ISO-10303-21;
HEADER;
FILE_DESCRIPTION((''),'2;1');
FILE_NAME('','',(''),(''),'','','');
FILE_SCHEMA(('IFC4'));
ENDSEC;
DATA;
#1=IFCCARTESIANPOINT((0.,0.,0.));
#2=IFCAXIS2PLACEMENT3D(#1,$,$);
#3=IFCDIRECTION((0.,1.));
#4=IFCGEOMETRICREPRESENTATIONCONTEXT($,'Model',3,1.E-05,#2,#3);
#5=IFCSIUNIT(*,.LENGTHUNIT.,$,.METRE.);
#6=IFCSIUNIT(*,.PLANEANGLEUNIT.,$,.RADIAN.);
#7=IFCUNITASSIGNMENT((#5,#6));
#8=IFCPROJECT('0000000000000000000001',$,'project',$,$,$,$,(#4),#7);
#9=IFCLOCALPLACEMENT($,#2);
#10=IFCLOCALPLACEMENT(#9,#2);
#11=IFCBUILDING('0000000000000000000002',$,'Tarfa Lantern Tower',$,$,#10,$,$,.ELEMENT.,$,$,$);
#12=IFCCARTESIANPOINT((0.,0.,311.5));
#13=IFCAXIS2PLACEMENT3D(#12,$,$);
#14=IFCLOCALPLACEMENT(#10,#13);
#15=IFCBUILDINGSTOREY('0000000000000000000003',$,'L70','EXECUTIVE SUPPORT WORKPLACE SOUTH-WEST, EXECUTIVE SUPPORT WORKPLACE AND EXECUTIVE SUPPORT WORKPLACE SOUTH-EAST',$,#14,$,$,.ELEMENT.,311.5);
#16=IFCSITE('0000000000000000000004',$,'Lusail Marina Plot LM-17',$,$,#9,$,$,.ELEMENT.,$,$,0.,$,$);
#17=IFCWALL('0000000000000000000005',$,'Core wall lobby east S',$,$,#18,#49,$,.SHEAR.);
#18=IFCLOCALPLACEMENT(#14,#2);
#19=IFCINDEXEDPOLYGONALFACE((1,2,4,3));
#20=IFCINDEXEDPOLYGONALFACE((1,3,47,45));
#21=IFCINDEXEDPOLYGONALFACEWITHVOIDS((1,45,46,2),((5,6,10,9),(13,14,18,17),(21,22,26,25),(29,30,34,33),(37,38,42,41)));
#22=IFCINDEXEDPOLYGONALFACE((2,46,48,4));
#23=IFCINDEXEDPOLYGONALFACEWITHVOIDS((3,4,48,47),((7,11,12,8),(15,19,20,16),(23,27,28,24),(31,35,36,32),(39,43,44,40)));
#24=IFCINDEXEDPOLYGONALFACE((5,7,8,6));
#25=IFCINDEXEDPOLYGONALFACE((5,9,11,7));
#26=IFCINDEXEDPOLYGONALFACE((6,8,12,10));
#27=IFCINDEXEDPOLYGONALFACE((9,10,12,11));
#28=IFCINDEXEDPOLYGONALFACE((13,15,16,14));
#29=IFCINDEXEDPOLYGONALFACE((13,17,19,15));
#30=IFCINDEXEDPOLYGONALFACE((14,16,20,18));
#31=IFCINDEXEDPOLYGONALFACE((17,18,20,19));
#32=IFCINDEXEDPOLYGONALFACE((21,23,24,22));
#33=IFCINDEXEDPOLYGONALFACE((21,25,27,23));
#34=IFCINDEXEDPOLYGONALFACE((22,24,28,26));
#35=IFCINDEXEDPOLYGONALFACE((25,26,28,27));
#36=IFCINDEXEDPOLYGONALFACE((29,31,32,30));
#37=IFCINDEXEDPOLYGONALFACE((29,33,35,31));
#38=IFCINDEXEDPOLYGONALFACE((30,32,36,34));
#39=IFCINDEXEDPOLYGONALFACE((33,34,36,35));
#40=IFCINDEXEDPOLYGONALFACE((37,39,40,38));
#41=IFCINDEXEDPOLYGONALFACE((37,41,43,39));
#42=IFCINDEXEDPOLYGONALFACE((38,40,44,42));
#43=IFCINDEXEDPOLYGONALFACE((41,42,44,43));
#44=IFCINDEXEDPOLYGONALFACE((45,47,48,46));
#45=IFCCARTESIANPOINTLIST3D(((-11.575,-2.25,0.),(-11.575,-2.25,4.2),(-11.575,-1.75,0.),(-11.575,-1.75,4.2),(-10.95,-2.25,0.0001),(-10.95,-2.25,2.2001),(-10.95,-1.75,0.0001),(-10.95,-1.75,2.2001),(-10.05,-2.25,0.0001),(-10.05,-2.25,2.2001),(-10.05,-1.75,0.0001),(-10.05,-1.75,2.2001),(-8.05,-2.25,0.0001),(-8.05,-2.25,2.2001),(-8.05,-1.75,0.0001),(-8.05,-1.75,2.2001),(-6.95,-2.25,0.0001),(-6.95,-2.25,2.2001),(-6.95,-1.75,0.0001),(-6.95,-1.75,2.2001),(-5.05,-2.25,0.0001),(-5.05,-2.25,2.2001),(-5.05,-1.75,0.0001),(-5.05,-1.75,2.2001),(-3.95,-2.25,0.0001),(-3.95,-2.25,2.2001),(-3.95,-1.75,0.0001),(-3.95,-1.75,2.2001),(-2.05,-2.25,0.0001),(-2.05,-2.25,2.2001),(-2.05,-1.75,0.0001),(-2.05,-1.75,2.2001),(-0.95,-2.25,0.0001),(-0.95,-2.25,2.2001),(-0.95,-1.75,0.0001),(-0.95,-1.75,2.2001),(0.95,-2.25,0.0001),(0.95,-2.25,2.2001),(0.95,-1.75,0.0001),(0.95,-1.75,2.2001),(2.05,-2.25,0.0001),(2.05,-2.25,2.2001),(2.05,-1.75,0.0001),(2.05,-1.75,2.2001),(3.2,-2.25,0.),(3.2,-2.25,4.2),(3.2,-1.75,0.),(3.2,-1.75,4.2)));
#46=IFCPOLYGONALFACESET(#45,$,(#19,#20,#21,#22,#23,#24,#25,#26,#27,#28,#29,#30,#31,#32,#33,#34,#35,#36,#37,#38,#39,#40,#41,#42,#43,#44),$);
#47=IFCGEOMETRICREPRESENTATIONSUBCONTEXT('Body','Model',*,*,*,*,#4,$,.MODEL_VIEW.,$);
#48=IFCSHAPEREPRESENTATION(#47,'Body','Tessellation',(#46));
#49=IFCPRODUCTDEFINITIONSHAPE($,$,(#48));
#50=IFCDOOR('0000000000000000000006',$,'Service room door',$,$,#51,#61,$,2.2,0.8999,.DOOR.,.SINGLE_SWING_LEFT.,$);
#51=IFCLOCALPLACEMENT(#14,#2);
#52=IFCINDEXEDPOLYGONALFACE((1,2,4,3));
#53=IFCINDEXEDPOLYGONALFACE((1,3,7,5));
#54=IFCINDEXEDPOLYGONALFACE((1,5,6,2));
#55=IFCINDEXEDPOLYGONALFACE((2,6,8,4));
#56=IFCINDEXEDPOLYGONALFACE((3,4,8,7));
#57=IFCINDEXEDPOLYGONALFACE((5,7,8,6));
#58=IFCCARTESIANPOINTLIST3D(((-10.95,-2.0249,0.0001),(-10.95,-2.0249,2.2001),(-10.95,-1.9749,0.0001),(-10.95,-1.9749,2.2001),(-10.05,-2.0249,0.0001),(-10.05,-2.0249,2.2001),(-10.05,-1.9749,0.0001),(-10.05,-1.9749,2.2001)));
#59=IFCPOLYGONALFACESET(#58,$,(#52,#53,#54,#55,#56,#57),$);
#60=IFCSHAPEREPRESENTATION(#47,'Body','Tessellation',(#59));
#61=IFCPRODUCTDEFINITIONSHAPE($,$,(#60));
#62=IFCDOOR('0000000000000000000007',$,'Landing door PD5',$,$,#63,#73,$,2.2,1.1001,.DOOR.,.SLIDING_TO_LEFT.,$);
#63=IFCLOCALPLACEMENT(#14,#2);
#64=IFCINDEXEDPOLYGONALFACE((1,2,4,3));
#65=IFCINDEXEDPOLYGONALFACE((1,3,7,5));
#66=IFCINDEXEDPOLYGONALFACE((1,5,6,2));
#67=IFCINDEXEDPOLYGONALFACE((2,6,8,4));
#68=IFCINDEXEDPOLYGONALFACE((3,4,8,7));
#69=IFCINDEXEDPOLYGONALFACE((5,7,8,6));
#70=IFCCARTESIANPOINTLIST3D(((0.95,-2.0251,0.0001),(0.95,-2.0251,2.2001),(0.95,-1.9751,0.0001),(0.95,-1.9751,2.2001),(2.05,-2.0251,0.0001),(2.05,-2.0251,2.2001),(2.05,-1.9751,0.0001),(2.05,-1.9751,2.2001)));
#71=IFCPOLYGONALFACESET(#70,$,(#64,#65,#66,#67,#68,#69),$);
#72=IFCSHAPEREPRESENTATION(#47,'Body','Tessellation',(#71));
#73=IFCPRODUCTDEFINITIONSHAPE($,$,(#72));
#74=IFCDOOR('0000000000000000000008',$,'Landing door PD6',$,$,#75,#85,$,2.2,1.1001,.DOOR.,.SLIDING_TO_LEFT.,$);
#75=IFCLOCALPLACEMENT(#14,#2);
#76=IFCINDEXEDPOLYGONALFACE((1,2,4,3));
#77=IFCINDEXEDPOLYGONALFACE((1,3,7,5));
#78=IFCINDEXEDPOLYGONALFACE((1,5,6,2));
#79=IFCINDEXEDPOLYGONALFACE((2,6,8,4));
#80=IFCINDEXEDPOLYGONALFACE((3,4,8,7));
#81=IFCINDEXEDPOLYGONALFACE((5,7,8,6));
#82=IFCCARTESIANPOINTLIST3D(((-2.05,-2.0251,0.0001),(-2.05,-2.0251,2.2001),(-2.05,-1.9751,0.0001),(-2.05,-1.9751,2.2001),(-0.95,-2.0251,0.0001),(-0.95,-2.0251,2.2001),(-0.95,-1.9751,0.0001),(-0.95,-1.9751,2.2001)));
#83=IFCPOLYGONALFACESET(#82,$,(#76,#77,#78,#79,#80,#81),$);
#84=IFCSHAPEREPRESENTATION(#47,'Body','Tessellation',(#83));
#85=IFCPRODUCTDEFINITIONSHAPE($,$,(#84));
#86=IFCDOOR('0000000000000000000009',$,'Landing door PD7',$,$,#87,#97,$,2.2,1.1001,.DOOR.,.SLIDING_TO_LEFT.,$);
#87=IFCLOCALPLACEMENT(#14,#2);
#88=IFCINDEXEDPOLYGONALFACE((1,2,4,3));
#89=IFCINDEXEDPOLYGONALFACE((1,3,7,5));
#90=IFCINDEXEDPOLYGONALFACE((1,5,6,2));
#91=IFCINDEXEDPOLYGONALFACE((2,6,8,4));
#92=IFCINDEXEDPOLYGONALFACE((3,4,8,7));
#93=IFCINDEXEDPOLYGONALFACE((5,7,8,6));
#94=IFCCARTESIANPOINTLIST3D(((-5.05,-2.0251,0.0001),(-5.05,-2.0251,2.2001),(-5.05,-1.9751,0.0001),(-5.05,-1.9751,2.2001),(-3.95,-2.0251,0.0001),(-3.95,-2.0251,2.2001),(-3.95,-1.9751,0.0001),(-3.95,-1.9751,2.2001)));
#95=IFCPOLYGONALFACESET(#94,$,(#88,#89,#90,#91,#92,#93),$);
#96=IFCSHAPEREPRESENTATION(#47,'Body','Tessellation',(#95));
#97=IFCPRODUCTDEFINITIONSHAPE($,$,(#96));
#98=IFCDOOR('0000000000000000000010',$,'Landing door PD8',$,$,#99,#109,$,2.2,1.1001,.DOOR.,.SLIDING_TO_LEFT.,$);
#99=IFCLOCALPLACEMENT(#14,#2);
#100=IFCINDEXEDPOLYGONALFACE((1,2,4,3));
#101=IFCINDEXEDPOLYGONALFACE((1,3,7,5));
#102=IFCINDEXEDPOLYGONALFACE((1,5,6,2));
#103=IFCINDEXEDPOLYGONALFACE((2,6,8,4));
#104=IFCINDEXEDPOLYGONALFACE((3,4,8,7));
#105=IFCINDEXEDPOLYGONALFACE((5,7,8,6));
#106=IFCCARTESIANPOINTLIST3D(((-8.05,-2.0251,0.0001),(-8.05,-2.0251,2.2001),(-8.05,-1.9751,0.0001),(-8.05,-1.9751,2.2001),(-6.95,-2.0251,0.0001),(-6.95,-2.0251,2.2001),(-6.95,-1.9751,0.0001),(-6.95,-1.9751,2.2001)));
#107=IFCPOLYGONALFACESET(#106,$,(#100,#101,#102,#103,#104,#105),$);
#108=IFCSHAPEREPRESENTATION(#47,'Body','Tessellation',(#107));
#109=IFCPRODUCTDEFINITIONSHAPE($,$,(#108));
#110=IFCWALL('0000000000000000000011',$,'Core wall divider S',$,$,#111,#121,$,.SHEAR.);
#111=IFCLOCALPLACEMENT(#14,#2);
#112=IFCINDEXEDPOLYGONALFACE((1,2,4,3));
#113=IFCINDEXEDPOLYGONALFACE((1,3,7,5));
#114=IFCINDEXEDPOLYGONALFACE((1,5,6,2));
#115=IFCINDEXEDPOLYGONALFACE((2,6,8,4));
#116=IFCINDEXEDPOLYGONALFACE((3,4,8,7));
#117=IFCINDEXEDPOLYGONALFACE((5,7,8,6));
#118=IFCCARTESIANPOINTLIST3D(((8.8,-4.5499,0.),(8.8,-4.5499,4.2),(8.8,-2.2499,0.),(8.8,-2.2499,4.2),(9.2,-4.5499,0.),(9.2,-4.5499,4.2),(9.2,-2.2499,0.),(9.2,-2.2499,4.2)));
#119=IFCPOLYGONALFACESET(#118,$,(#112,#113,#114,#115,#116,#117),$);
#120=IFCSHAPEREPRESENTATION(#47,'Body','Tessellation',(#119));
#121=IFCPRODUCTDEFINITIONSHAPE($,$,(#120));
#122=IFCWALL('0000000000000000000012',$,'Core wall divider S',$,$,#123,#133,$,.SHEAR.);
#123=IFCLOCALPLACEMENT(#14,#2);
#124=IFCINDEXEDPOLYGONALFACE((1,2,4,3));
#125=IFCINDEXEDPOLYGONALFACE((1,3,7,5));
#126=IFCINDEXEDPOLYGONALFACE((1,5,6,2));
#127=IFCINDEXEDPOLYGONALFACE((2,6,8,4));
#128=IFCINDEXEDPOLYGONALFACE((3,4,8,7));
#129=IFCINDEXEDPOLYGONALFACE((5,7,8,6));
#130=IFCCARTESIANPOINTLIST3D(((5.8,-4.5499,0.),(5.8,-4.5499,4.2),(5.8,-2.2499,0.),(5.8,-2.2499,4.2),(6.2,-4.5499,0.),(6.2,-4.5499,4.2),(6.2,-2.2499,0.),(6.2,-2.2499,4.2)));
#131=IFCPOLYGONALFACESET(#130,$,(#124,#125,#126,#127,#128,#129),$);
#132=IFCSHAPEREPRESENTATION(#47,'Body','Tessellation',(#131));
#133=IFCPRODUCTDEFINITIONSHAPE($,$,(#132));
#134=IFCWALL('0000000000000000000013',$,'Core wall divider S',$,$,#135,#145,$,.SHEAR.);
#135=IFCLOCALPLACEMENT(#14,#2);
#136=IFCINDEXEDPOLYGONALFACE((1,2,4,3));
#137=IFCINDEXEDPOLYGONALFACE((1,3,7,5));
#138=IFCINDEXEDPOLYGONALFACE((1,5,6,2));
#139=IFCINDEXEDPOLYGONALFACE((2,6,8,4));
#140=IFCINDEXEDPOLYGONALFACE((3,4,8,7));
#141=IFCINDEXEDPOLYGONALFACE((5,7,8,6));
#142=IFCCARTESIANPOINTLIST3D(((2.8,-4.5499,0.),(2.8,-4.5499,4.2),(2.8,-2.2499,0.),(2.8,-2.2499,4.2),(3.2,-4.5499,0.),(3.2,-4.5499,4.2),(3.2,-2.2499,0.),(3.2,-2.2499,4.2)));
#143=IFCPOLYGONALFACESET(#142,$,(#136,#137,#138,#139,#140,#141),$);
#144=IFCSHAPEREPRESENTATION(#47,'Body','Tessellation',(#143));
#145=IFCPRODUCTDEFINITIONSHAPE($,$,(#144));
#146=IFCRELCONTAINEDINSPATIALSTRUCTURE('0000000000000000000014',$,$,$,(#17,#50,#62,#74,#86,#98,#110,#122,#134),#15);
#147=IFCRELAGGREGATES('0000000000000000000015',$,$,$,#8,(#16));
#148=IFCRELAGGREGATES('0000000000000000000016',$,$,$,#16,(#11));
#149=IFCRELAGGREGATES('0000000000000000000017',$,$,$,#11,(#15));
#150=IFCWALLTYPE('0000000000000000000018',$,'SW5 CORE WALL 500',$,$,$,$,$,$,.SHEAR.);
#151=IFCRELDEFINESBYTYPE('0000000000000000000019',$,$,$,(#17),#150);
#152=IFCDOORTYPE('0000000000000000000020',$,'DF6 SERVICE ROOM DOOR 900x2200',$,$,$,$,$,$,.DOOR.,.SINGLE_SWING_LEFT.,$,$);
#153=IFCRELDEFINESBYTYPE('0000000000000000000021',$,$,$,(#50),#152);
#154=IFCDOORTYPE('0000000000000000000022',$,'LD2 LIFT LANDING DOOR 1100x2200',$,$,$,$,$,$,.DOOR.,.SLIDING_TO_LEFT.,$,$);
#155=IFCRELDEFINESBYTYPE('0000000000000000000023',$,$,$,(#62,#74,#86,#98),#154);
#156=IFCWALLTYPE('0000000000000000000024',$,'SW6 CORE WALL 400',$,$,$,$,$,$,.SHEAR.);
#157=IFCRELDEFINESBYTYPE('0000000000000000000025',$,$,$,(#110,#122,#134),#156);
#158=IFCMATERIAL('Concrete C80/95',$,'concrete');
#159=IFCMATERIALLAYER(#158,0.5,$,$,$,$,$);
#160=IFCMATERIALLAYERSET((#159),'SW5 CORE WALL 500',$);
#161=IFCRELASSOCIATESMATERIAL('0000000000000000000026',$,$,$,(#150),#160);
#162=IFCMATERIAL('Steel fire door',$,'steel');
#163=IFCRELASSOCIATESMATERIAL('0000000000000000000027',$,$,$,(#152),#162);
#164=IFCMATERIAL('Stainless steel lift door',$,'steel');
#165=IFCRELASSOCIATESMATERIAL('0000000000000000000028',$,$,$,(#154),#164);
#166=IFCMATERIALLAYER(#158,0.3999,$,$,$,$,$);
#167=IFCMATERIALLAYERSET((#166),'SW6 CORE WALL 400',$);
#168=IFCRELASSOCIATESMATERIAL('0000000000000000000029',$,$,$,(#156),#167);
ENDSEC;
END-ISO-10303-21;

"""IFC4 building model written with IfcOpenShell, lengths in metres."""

from ifc_helpers import new_model, si_unit, direction, frame, frame_2d, origin, place, context, subcontext, project, spatial, rectangle, extrude, material, layer, layer_set, type_object, element, fill, save


model = new_model("IFC4")

# Units and contexts
model_context = context("Model", 3, precision=1e-05, world=origin(), true_north=direction((0.0, 1.0)))
body_context = subcontext(model_context, "Body", "Model", "MODEL_VIEW")
ifc_project = project(units=[si_unit("LENGTHUNIT", "METRE"), si_unit("PLANEANGLEUNIT", "RADIAN")], contexts=[model_context])

# Site, building, storey
site_placement = place(None, origin())
site = spatial("IfcSite", under=ifc_project, at=site_placement, Name="Lusail Marina Plot LM-17", CompositionType="ELEMENT", RefElevation=0.0)
building_placement = place(site_placement, origin())
building = spatial("IfcBuilding", under=site, at=building_placement, Name="Tarfa Lantern Tower", CompositionType="ELEMENT")
storey_placement = place(building_placement, frame((0.0, 0.0, 311.5)))
storey = spatial("IfcBuildingStorey", under=building, at=storey_placement, Name="L70", Description="EXECUTIVE SUPPORT WORKPLACE SOUTH-WEST, EXECUTIVE SUPPORT WORKPLACE AND EXECUTIVE SUPPORT WORKPLACE SOUTH-EAST", CompositionType="ELEMENT", Elevation=311.5)

# Shared definitions
ifc_material_1 = material(Name="Concrete C80/95", Category="concrete")

# Shared definitions
ifc_material_2 = material(Name="Steel fire door", Category="steel")

# Wall, openings, doors
ifc_layer_1 = layer(ifc_material_1, 0.5)
ifc_layer_set_1 = layer_set([ifc_layer_1], Name="SW5 CORE WALL 500")
wall_type_1 = type_object("IfcWallType", Name="SW5 CORE WALL 500", PredefinedType="SHEAR", material=ifc_layer_set_1)
wall_1_placement = place(storey_placement, frame((3.2, -2.0, 0.0), z_axis=(0.0, 0.0, 1.0), x_axis=(-1.0, 0.0, 0.0)))
wall_1 = element("IfcWall", 1, at=wall_1_placement, inside=storey, type_object=wall_type_1, Name="Core wall lobby east S", PredefinedType="SHEAR", context=body_context, shape_type="SweptSolid", body=[
    extrude(rectangle(XDim=14.7749, YDim=0.5, at=frame_2d((7.3875, 0.0))), origin(), (0.0, 0.0, 1.0), 4.2),
])
opening_1_placement = place(wall_1_placement, frame((13.25, 0.0, 0.0)))
opening_1 = element("IfcOpeningElement", 2, at=opening_1_placement, cuts=wall_1, PredefinedType="OPENING", context=body_context, shape_type="SweptSolid", body=[
    extrude(rectangle(XDim=0.8999, YDim=2.2, at=frame_2d((0.45, 1.1001))), frame((0.0, 0.26, 0.0), z_axis=(0.0, -1.0, 0.0), x_axis=(1.0, 0.0, 0.0)), (0.0, 0.0, 1.0), 0.52),
])
opening_2_placement = place(wall_1_placement, frame((1.1499, 0.0, 0.0)))
opening_2 = element("IfcOpeningElement", 3, at=opening_2_placement, cuts=wall_1, PredefinedType="OPENING", context=body_context, shape_type="SweptSolid", body=[
    extrude(rectangle(XDim=1.1001, YDim=2.2, at=frame_2d((0.55, 1.1001))), frame((0.0, 0.26, 0.0), z_axis=(0.0, -1.0, 0.0), x_axis=(1.0, 0.0, 0.0)), (0.0, 0.0, 1.0), 0.52),
])
opening_3_placement = place(wall_1_placement, frame((4.1499, 0.0, 0.0)))
opening_3 = element("IfcOpeningElement", 4, at=opening_3_placement, cuts=wall_1, PredefinedType="OPENING", context=body_context, shape_type="SweptSolid", body=[
    extrude(rectangle(XDim=1.1001, YDim=2.2, at=frame_2d((0.55, 1.1001))), frame((0.0, 0.26, 0.0), z_axis=(0.0, -1.0, 0.0), x_axis=(1.0, 0.0, 0.0)), (0.0, 0.0, 1.0), 0.52),
])
opening_4_placement = place(wall_1_placement, frame((7.1499, 0.0, 0.0)))
opening_4 = element("IfcOpeningElement", 5, at=opening_4_placement, cuts=wall_1, PredefinedType="OPENING", context=body_context, shape_type="SweptSolid", body=[
    extrude(rectangle(XDim=1.1001, YDim=2.2, at=frame_2d((0.55, 1.1001))), frame((0.0, 0.26, 0.0), z_axis=(0.0, -1.0, 0.0), x_axis=(1.0, 0.0, 0.0)), (0.0, 0.0, 1.0), 0.52),
])
opening_5_placement = place(wall_1_placement, frame((10.1499, 0.0, 0.0)))
opening_5 = element("IfcOpeningElement", 6, at=opening_5_placement, cuts=wall_1, PredefinedType="OPENING", context=body_context, shape_type="SweptSolid", body=[
    extrude(rectangle(XDim=1.1001, YDim=2.2, at=frame_2d((0.55, 1.1001))), frame((0.0, 0.26, 0.0), z_axis=(0.0, -1.0, 0.0), x_axis=(1.0, 0.0, 0.0)), (0.0, 0.0, 1.0), 0.52),
])
door_type_1 = type_object("IfcDoorType", Name="DF6 SERVICE ROOM DOOR 900x2200", OperationType="SINGLE_SWING_LEFT", PredefinedType="DOOR", material=ifc_material_2)
door_1_placement = place(opening_1_placement, origin())
door_1 = element("IfcDoor", 7, at=door_1_placement, inside=storey, type_object=door_type_1, Name="Service room door", OperationType="SINGLE_SWING_LEFT", OverallHeight=2.2, OverallWidth=0.8999, PredefinedType="DOOR", context=body_context, shape_type="SweptSolid", body=[
    extrude(rectangle(XDim=0.8999, YDim=2.2, at=frame_2d((0.45, 1.1001))), frame((0.0, 0.0249, 0.0), z_axis=(0.0, -1.0, 0.0), x_axis=(1.0, 0.0, 0.0)), (0.0, 0.0, 1.0), 0.05),
])
fill(opening_1, door_1)
ifc_material_3 = material(Name="Stainless steel lift door", Category="steel")
door_type_2 = type_object("IfcDoorType", Name="LD2 LIFT LANDING DOOR 1100x2200", OperationType="SLIDING_TO_LEFT", PredefinedType="DOOR", material=ifc_material_3)
door_2_placement = place(opening_2_placement, frame((1.1001, 0.0, 0.0), z_axis=(0.0, 0.0, 1.0), x_axis=(-1.0, 0.0, 0.0)))
door_2 = element("IfcDoor", 8, at=door_2_placement, inside=storey, type_object=door_type_2, Name="Landing door PD5", OperationType="SLIDING_TO_LEFT", OverallHeight=2.2, OverallWidth=1.1001, PredefinedType="DOOR", context=body_context, shape_type="SweptSolid", body=[
    extrude(rectangle(XDim=1.1001, YDim=2.2, at=frame_2d((0.55, 1.1001))), frame((0.0, 0.0249, 0.0), z_axis=(0.0, -1.0, 0.0), x_axis=(1.0, 0.0, 0.0)), (0.0, 0.0, 1.0), 0.05),
])
fill(opening_2, door_2)
door_3_placement = place(opening_3_placement, frame((1.1001, 0.0, 0.0), z_axis=(0.0, 0.0, 1.0), x_axis=(-1.0, 0.0, 0.0)))
door_3 = element("IfcDoor", 9, at=door_3_placement, inside=storey, type_object=door_type_2, Name="Landing door PD6", OperationType="SLIDING_TO_LEFT", OverallHeight=2.2, OverallWidth=1.1001, PredefinedType="DOOR", context=body_context, shape_type="SweptSolid", body=[
    extrude(rectangle(XDim=1.1001, YDim=2.2, at=frame_2d((0.55, 1.1001))), frame((0.0, 0.0249, 0.0), z_axis=(0.0, -1.0, 0.0), x_axis=(1.0, 0.0, 0.0)), (0.0, 0.0, 1.0), 0.05),
])
fill(opening_3, door_3)
door_4_placement = place(opening_4_placement, frame((1.1001, 0.0, 0.0), z_axis=(0.0, 0.0, 1.0), x_axis=(-1.0, 0.0, 0.0)))
door_4 = element("IfcDoor", 10, at=door_4_placement, inside=storey, type_object=door_type_2, Name="Landing door PD7", OperationType="SLIDING_TO_LEFT", OverallHeight=2.2, OverallWidth=1.1001, PredefinedType="DOOR", context=body_context, shape_type="SweptSolid", body=[
    extrude(rectangle(XDim=1.1001, YDim=2.2, at=frame_2d((0.55, 1.1001))), frame((0.0, 0.0249, 0.0), z_axis=(0.0, -1.0, 0.0), x_axis=(1.0, 0.0, 0.0)), (0.0, 0.0, 1.0), 0.05),
])
fill(opening_4, door_4)
door_5_placement = place(opening_5_placement, frame((1.1001, 0.0, 0.0), z_axis=(0.0, 0.0, 1.0), x_axis=(-1.0, 0.0, 0.0)))
door_5 = element("IfcDoor", 11, at=door_5_placement, inside=storey, type_object=door_type_2, Name="Landing door PD8", OperationType="SLIDING_TO_LEFT", OverallHeight=2.2, OverallWidth=1.1001, PredefinedType="DOOR", context=body_context, shape_type="SweptSolid", body=[
    extrude(rectangle(XDim=1.1001, YDim=2.2, at=frame_2d((0.55, 1.1001))), frame((0.0, 0.0249, 0.0), z_axis=(0.0, -1.0, 0.0), x_axis=(1.0, 0.0, 0.0)), (0.0, 0.0, 1.0), 0.05),
])
fill(opening_5, door_5)

# Walls
ifc_layer_2 = layer(ifc_material_1, 0.3999)
ifc_layer_set_2 = layer_set([ifc_layer_2], Name="SW6 CORE WALL 400")
wall_type_2 = type_object("IfcWallType", Name="SW6 CORE WALL 400", PredefinedType="SHEAR", material=ifc_layer_set_2)
for number, where, z_axis, x_axis, name in (
    (12, (9.0, -2.25, 0.0), (0.0, 0.0, 1.0), (0.0, -1.0, 0.0), "Core wall divider S"),
    (13, (6.0, -2.25, 0.0), (0.0, 0.0, 1.0), (0.0, -1.0, 0.0), "Core wall divider S"),
    (14, (3.0, -2.25, 0.0), (0.0, 0.0, 1.0), (0.0, -1.0, 0.0), "Core wall divider S"),
):
    element("IfcWall", number, at=place(storey_placement, frame(where, z_axis=z_axis, x_axis=x_axis)), inside=storey, type_object=wall_type_2, Name=name, PredefinedType="SHEAR", context=body_context, shape_type="SweptSolid", body=[
        extrude(rectangle(XDim=2.3, YDim=0.3999, at=frame_2d((1.1499, 0.0))), origin(), (0.0, 0.0, 1.0), 4.2),
    ])

save(model, "model.ifc")
